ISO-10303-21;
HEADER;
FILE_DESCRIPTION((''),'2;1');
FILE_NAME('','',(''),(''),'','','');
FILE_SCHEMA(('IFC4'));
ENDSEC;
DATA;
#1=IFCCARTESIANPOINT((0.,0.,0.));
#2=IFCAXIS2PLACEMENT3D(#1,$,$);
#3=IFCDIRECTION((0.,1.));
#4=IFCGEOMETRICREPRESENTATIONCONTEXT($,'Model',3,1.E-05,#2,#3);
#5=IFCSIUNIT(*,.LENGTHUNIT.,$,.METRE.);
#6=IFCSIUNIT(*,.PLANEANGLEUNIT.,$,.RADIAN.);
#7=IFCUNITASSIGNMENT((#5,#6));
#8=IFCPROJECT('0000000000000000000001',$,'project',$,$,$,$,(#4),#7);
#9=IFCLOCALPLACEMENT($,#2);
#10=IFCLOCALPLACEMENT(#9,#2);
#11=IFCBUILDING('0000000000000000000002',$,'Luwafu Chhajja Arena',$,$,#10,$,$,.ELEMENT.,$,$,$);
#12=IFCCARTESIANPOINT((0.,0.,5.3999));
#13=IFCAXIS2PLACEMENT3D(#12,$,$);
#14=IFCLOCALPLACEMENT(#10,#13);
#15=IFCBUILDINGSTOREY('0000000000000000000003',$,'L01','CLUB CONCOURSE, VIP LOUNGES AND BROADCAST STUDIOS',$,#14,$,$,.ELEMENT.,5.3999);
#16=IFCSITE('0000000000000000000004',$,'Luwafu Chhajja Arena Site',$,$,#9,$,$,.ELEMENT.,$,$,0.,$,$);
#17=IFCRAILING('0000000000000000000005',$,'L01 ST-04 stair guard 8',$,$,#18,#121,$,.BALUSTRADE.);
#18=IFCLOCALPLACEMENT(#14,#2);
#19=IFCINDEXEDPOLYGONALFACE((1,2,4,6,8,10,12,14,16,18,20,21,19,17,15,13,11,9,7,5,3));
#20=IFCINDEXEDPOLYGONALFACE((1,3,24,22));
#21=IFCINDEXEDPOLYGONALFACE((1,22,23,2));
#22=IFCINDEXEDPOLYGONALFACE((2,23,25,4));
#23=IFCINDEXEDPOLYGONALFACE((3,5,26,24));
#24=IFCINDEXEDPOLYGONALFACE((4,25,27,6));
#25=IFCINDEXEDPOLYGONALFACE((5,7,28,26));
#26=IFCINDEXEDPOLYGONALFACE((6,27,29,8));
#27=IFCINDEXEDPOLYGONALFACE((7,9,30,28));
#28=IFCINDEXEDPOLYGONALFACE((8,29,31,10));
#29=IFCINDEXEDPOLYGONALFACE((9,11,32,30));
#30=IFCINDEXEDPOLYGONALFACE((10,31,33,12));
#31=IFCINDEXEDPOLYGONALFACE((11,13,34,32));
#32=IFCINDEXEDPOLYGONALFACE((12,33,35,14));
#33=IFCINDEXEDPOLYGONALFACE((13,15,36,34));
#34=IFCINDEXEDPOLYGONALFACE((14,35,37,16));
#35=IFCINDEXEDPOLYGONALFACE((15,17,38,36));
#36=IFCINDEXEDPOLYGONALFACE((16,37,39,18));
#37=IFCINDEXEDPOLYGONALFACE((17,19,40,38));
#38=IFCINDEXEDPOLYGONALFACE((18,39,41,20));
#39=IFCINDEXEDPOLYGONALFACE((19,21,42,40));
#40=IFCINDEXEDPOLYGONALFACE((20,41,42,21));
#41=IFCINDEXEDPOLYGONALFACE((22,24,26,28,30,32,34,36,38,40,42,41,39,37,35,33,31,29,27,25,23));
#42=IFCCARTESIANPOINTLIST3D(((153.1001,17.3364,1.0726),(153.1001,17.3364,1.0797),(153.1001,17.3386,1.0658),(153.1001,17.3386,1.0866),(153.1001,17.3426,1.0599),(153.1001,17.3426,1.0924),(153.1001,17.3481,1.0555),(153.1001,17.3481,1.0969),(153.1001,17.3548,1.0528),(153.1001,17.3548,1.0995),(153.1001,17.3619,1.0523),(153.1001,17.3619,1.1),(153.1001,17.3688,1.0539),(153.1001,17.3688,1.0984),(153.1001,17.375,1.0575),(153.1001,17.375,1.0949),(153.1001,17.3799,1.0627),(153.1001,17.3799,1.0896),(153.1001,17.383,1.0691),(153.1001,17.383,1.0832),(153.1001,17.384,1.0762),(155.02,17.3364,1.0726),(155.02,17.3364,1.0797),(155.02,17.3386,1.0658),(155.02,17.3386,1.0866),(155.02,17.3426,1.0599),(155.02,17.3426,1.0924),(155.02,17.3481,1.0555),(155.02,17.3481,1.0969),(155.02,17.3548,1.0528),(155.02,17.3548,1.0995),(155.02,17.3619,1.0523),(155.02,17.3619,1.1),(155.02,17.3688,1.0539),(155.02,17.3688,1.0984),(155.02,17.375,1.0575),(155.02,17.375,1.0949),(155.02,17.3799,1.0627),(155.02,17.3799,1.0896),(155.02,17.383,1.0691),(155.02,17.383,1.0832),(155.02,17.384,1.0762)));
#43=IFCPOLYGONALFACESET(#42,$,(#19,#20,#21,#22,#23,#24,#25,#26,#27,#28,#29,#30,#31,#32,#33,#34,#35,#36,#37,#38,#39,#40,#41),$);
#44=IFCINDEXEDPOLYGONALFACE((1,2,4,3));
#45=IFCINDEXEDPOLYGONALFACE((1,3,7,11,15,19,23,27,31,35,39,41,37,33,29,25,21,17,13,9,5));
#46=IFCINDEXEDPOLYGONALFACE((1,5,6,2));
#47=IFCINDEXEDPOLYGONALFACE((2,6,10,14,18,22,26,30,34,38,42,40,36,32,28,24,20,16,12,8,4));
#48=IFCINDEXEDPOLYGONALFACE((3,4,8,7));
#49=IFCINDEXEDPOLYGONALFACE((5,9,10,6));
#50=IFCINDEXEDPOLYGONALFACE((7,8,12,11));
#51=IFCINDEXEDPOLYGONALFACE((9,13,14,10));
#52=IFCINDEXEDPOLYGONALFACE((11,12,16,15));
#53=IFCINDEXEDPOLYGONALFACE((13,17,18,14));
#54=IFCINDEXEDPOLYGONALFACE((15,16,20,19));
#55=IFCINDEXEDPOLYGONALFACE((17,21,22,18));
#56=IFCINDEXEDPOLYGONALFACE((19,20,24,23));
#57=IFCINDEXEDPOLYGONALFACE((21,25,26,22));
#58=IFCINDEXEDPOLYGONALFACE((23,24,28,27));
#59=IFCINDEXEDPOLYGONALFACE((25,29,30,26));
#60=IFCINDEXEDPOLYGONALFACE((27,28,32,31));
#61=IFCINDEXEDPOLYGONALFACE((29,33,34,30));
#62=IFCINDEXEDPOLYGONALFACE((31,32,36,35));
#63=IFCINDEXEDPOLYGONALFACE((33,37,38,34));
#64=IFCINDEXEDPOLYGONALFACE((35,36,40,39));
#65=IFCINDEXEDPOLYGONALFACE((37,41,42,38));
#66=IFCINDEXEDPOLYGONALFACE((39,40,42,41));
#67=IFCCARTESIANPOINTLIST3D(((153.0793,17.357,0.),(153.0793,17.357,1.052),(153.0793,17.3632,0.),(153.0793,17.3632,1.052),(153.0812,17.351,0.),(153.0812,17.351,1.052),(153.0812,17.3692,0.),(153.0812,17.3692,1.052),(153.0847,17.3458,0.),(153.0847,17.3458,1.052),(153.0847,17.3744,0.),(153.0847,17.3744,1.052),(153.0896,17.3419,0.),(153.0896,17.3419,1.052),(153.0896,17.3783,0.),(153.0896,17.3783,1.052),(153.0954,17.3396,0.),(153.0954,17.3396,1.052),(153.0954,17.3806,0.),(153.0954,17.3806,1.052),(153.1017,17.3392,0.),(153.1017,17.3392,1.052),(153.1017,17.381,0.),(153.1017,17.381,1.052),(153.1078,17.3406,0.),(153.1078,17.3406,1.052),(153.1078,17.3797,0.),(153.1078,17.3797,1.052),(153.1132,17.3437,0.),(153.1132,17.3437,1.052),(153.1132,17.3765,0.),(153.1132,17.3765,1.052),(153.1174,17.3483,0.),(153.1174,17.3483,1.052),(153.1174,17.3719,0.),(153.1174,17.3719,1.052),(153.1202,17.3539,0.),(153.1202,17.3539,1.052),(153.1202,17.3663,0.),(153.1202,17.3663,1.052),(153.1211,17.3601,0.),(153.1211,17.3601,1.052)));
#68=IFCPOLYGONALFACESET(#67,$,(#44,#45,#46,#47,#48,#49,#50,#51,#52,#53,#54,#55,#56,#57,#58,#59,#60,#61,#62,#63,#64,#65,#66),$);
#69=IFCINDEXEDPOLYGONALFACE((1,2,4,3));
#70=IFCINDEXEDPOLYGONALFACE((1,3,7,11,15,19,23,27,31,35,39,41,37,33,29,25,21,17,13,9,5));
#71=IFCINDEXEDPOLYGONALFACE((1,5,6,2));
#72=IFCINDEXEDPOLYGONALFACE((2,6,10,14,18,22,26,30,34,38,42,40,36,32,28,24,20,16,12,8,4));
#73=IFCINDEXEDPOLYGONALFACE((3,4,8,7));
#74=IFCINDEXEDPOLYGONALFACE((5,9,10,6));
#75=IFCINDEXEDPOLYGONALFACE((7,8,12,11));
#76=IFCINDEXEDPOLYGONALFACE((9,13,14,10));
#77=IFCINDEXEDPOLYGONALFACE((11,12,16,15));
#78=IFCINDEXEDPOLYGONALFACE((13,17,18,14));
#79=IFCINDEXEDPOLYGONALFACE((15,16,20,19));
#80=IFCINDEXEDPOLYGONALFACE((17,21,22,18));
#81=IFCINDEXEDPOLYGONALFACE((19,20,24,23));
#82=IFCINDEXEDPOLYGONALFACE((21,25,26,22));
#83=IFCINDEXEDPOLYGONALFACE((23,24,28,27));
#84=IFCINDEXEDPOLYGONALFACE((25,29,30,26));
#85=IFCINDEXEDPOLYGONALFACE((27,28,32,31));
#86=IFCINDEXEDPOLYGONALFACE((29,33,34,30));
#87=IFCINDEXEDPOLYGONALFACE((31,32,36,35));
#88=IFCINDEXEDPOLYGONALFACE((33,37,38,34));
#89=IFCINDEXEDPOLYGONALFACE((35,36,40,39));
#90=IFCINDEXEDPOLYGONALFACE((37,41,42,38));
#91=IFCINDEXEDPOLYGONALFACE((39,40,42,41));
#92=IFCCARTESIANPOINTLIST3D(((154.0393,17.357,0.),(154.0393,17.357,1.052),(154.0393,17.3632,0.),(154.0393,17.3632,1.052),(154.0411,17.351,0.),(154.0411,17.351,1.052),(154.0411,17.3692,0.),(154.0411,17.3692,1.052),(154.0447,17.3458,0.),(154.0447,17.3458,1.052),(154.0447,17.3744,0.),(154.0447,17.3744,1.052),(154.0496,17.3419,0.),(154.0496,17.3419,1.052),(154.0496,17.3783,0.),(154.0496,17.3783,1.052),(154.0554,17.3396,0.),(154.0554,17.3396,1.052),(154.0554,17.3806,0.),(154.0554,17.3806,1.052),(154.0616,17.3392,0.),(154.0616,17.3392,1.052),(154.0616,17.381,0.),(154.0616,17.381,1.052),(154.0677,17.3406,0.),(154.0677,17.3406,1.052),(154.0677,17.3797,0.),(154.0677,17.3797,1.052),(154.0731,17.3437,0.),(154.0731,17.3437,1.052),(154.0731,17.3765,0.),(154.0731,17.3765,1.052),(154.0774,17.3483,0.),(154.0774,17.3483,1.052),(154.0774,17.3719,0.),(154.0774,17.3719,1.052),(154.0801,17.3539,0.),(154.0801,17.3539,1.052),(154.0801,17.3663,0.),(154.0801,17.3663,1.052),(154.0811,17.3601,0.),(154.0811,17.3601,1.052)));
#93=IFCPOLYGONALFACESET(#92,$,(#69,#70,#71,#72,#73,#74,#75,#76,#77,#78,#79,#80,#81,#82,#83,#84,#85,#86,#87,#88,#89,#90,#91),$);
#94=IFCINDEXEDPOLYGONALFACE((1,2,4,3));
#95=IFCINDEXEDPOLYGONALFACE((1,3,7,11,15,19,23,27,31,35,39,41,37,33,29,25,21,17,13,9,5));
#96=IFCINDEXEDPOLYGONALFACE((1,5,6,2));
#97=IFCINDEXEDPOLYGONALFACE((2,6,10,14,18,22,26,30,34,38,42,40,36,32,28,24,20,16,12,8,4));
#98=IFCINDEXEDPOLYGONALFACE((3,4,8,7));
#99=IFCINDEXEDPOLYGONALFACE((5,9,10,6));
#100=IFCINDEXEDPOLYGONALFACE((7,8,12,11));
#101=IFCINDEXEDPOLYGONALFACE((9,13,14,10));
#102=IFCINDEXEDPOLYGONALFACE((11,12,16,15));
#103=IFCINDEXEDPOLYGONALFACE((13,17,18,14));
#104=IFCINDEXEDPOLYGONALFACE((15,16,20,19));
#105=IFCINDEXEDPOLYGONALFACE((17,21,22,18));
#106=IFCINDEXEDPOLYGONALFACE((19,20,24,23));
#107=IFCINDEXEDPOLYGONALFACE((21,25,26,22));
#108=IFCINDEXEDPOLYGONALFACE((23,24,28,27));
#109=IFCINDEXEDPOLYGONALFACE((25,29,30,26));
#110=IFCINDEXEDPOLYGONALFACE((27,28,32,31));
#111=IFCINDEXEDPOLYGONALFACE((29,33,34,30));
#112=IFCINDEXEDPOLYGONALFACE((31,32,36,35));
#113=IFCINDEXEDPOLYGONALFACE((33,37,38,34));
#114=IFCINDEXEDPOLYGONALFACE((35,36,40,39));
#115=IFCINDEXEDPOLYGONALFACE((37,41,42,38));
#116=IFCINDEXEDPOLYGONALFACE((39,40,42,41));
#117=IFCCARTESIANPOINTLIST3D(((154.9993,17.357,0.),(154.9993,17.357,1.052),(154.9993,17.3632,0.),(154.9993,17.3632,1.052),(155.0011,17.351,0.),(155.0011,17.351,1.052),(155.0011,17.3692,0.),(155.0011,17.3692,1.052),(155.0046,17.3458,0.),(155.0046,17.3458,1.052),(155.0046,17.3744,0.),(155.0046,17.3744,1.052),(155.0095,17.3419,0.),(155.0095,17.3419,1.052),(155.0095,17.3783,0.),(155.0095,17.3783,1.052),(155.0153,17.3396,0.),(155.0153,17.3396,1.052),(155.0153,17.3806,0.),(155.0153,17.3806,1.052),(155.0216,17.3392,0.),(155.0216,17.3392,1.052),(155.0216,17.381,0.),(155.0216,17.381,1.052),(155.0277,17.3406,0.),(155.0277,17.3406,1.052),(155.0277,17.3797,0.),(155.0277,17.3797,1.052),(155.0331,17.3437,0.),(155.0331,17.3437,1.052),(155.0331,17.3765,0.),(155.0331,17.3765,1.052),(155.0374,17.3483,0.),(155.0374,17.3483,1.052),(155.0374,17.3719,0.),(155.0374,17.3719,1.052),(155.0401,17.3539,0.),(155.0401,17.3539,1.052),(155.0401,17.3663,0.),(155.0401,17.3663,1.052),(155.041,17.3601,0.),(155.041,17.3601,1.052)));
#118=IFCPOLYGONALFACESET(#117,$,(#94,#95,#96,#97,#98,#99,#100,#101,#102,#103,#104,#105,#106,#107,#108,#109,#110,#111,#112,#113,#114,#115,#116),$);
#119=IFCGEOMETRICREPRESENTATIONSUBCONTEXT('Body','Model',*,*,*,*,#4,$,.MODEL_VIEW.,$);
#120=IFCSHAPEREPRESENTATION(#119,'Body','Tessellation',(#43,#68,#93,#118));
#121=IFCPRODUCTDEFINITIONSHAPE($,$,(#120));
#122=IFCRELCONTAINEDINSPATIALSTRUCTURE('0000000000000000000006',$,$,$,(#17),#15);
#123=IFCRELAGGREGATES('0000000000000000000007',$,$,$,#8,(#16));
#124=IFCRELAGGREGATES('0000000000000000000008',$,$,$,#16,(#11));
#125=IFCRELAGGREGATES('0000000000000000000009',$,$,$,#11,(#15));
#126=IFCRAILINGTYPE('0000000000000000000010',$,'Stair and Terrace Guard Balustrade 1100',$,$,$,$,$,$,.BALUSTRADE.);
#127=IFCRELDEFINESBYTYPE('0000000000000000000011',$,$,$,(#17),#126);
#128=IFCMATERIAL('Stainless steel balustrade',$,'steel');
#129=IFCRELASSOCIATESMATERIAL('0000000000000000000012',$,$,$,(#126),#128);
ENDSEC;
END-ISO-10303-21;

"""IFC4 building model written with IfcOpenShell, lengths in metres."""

from ifc_helpers import new_model, si_unit, direction, frame, origin, origin_2d, place, context, subcontext, project, spatial, circle, extrude, material, type_object, element, save


model = new_model("IFC4")

# Units and contexts
model_context = context("Model", 3, precision=1e-05, world=origin(), true_north=direction((0.0, 1.0)))
body_context = subcontext(model_context, "Body", "Model", "MODEL_VIEW")
ifc_project = project(units=[si_unit("LENGTHUNIT", "METRE"), si_unit("PLANEANGLEUNIT", "RADIAN")], contexts=[model_context])

# Site, building, storey
site_placement = place(None, origin())
site = spatial("IfcSite", under=ifc_project, at=site_placement, Name="Luwafu Chhajja Arena Site", CompositionType="ELEMENT", RefElevation=0.0)
building_placement = place(site_placement, origin())
building = spatial("IfcBuilding", under=site, at=building_placement, Name="Luwafu Chhajja Arena", CompositionType="ELEMENT")
storey_placement = place(building_placement, frame((0.0, 0.0, 5.3999)))
storey = spatial("IfcBuildingStorey", under=building, at=storey_placement, Name="L01", Description="CLUB CONCOURSE, VIP LOUNGES AND BROADCAST STUDIOS", CompositionType="ELEMENT", Elevation=5.3999)

# Railing
ifc_material_1 = material(Name="Stainless steel balustrade", Category="steel")
railing_type_1 = type_object("IfcRailingType", Name="Stair and Terrace Guard Balustrade 1100", PredefinedType="BALUSTRADE", material=ifc_material_1)
railing_1_placement = place(storey_placement, frame((153.1001, 17.3601, 0.0)))
element("IfcRailing", 1, at=railing_1_placement, inside=storey, type_object=railing_type_1, Name="L01 ST-04 stair guard 8", PredefinedType="BALUSTRADE", context=body_context, shape_type="SweptSolid", body=[
    extrude(circle(Radius=0.0239, at=origin_2d()), frame((0.0, 0.0, 1.0762), z_axis=(1.0, 0.0, 0.0), x_axis=(0.0, 1.0, 0.0)), (0.0, 0.0, 1.0), 1.9199),
    extrude(circle(Radius=0.021, at=origin_2d()), origin(), (0.0, 0.0, 1.0), 1.052),
    extrude(circle(Radius=0.021, at=origin_2d()), frame((0.96, 0.0, 0.0)), (0.0, 0.0, 1.0), 1.052),
    extrude(circle(Radius=0.021, at=origin_2d()), frame((1.9199, 0.0, 0.0)), (0.0, 0.0, 1.0), 1.052),
])

save(model, "model.ifc")
